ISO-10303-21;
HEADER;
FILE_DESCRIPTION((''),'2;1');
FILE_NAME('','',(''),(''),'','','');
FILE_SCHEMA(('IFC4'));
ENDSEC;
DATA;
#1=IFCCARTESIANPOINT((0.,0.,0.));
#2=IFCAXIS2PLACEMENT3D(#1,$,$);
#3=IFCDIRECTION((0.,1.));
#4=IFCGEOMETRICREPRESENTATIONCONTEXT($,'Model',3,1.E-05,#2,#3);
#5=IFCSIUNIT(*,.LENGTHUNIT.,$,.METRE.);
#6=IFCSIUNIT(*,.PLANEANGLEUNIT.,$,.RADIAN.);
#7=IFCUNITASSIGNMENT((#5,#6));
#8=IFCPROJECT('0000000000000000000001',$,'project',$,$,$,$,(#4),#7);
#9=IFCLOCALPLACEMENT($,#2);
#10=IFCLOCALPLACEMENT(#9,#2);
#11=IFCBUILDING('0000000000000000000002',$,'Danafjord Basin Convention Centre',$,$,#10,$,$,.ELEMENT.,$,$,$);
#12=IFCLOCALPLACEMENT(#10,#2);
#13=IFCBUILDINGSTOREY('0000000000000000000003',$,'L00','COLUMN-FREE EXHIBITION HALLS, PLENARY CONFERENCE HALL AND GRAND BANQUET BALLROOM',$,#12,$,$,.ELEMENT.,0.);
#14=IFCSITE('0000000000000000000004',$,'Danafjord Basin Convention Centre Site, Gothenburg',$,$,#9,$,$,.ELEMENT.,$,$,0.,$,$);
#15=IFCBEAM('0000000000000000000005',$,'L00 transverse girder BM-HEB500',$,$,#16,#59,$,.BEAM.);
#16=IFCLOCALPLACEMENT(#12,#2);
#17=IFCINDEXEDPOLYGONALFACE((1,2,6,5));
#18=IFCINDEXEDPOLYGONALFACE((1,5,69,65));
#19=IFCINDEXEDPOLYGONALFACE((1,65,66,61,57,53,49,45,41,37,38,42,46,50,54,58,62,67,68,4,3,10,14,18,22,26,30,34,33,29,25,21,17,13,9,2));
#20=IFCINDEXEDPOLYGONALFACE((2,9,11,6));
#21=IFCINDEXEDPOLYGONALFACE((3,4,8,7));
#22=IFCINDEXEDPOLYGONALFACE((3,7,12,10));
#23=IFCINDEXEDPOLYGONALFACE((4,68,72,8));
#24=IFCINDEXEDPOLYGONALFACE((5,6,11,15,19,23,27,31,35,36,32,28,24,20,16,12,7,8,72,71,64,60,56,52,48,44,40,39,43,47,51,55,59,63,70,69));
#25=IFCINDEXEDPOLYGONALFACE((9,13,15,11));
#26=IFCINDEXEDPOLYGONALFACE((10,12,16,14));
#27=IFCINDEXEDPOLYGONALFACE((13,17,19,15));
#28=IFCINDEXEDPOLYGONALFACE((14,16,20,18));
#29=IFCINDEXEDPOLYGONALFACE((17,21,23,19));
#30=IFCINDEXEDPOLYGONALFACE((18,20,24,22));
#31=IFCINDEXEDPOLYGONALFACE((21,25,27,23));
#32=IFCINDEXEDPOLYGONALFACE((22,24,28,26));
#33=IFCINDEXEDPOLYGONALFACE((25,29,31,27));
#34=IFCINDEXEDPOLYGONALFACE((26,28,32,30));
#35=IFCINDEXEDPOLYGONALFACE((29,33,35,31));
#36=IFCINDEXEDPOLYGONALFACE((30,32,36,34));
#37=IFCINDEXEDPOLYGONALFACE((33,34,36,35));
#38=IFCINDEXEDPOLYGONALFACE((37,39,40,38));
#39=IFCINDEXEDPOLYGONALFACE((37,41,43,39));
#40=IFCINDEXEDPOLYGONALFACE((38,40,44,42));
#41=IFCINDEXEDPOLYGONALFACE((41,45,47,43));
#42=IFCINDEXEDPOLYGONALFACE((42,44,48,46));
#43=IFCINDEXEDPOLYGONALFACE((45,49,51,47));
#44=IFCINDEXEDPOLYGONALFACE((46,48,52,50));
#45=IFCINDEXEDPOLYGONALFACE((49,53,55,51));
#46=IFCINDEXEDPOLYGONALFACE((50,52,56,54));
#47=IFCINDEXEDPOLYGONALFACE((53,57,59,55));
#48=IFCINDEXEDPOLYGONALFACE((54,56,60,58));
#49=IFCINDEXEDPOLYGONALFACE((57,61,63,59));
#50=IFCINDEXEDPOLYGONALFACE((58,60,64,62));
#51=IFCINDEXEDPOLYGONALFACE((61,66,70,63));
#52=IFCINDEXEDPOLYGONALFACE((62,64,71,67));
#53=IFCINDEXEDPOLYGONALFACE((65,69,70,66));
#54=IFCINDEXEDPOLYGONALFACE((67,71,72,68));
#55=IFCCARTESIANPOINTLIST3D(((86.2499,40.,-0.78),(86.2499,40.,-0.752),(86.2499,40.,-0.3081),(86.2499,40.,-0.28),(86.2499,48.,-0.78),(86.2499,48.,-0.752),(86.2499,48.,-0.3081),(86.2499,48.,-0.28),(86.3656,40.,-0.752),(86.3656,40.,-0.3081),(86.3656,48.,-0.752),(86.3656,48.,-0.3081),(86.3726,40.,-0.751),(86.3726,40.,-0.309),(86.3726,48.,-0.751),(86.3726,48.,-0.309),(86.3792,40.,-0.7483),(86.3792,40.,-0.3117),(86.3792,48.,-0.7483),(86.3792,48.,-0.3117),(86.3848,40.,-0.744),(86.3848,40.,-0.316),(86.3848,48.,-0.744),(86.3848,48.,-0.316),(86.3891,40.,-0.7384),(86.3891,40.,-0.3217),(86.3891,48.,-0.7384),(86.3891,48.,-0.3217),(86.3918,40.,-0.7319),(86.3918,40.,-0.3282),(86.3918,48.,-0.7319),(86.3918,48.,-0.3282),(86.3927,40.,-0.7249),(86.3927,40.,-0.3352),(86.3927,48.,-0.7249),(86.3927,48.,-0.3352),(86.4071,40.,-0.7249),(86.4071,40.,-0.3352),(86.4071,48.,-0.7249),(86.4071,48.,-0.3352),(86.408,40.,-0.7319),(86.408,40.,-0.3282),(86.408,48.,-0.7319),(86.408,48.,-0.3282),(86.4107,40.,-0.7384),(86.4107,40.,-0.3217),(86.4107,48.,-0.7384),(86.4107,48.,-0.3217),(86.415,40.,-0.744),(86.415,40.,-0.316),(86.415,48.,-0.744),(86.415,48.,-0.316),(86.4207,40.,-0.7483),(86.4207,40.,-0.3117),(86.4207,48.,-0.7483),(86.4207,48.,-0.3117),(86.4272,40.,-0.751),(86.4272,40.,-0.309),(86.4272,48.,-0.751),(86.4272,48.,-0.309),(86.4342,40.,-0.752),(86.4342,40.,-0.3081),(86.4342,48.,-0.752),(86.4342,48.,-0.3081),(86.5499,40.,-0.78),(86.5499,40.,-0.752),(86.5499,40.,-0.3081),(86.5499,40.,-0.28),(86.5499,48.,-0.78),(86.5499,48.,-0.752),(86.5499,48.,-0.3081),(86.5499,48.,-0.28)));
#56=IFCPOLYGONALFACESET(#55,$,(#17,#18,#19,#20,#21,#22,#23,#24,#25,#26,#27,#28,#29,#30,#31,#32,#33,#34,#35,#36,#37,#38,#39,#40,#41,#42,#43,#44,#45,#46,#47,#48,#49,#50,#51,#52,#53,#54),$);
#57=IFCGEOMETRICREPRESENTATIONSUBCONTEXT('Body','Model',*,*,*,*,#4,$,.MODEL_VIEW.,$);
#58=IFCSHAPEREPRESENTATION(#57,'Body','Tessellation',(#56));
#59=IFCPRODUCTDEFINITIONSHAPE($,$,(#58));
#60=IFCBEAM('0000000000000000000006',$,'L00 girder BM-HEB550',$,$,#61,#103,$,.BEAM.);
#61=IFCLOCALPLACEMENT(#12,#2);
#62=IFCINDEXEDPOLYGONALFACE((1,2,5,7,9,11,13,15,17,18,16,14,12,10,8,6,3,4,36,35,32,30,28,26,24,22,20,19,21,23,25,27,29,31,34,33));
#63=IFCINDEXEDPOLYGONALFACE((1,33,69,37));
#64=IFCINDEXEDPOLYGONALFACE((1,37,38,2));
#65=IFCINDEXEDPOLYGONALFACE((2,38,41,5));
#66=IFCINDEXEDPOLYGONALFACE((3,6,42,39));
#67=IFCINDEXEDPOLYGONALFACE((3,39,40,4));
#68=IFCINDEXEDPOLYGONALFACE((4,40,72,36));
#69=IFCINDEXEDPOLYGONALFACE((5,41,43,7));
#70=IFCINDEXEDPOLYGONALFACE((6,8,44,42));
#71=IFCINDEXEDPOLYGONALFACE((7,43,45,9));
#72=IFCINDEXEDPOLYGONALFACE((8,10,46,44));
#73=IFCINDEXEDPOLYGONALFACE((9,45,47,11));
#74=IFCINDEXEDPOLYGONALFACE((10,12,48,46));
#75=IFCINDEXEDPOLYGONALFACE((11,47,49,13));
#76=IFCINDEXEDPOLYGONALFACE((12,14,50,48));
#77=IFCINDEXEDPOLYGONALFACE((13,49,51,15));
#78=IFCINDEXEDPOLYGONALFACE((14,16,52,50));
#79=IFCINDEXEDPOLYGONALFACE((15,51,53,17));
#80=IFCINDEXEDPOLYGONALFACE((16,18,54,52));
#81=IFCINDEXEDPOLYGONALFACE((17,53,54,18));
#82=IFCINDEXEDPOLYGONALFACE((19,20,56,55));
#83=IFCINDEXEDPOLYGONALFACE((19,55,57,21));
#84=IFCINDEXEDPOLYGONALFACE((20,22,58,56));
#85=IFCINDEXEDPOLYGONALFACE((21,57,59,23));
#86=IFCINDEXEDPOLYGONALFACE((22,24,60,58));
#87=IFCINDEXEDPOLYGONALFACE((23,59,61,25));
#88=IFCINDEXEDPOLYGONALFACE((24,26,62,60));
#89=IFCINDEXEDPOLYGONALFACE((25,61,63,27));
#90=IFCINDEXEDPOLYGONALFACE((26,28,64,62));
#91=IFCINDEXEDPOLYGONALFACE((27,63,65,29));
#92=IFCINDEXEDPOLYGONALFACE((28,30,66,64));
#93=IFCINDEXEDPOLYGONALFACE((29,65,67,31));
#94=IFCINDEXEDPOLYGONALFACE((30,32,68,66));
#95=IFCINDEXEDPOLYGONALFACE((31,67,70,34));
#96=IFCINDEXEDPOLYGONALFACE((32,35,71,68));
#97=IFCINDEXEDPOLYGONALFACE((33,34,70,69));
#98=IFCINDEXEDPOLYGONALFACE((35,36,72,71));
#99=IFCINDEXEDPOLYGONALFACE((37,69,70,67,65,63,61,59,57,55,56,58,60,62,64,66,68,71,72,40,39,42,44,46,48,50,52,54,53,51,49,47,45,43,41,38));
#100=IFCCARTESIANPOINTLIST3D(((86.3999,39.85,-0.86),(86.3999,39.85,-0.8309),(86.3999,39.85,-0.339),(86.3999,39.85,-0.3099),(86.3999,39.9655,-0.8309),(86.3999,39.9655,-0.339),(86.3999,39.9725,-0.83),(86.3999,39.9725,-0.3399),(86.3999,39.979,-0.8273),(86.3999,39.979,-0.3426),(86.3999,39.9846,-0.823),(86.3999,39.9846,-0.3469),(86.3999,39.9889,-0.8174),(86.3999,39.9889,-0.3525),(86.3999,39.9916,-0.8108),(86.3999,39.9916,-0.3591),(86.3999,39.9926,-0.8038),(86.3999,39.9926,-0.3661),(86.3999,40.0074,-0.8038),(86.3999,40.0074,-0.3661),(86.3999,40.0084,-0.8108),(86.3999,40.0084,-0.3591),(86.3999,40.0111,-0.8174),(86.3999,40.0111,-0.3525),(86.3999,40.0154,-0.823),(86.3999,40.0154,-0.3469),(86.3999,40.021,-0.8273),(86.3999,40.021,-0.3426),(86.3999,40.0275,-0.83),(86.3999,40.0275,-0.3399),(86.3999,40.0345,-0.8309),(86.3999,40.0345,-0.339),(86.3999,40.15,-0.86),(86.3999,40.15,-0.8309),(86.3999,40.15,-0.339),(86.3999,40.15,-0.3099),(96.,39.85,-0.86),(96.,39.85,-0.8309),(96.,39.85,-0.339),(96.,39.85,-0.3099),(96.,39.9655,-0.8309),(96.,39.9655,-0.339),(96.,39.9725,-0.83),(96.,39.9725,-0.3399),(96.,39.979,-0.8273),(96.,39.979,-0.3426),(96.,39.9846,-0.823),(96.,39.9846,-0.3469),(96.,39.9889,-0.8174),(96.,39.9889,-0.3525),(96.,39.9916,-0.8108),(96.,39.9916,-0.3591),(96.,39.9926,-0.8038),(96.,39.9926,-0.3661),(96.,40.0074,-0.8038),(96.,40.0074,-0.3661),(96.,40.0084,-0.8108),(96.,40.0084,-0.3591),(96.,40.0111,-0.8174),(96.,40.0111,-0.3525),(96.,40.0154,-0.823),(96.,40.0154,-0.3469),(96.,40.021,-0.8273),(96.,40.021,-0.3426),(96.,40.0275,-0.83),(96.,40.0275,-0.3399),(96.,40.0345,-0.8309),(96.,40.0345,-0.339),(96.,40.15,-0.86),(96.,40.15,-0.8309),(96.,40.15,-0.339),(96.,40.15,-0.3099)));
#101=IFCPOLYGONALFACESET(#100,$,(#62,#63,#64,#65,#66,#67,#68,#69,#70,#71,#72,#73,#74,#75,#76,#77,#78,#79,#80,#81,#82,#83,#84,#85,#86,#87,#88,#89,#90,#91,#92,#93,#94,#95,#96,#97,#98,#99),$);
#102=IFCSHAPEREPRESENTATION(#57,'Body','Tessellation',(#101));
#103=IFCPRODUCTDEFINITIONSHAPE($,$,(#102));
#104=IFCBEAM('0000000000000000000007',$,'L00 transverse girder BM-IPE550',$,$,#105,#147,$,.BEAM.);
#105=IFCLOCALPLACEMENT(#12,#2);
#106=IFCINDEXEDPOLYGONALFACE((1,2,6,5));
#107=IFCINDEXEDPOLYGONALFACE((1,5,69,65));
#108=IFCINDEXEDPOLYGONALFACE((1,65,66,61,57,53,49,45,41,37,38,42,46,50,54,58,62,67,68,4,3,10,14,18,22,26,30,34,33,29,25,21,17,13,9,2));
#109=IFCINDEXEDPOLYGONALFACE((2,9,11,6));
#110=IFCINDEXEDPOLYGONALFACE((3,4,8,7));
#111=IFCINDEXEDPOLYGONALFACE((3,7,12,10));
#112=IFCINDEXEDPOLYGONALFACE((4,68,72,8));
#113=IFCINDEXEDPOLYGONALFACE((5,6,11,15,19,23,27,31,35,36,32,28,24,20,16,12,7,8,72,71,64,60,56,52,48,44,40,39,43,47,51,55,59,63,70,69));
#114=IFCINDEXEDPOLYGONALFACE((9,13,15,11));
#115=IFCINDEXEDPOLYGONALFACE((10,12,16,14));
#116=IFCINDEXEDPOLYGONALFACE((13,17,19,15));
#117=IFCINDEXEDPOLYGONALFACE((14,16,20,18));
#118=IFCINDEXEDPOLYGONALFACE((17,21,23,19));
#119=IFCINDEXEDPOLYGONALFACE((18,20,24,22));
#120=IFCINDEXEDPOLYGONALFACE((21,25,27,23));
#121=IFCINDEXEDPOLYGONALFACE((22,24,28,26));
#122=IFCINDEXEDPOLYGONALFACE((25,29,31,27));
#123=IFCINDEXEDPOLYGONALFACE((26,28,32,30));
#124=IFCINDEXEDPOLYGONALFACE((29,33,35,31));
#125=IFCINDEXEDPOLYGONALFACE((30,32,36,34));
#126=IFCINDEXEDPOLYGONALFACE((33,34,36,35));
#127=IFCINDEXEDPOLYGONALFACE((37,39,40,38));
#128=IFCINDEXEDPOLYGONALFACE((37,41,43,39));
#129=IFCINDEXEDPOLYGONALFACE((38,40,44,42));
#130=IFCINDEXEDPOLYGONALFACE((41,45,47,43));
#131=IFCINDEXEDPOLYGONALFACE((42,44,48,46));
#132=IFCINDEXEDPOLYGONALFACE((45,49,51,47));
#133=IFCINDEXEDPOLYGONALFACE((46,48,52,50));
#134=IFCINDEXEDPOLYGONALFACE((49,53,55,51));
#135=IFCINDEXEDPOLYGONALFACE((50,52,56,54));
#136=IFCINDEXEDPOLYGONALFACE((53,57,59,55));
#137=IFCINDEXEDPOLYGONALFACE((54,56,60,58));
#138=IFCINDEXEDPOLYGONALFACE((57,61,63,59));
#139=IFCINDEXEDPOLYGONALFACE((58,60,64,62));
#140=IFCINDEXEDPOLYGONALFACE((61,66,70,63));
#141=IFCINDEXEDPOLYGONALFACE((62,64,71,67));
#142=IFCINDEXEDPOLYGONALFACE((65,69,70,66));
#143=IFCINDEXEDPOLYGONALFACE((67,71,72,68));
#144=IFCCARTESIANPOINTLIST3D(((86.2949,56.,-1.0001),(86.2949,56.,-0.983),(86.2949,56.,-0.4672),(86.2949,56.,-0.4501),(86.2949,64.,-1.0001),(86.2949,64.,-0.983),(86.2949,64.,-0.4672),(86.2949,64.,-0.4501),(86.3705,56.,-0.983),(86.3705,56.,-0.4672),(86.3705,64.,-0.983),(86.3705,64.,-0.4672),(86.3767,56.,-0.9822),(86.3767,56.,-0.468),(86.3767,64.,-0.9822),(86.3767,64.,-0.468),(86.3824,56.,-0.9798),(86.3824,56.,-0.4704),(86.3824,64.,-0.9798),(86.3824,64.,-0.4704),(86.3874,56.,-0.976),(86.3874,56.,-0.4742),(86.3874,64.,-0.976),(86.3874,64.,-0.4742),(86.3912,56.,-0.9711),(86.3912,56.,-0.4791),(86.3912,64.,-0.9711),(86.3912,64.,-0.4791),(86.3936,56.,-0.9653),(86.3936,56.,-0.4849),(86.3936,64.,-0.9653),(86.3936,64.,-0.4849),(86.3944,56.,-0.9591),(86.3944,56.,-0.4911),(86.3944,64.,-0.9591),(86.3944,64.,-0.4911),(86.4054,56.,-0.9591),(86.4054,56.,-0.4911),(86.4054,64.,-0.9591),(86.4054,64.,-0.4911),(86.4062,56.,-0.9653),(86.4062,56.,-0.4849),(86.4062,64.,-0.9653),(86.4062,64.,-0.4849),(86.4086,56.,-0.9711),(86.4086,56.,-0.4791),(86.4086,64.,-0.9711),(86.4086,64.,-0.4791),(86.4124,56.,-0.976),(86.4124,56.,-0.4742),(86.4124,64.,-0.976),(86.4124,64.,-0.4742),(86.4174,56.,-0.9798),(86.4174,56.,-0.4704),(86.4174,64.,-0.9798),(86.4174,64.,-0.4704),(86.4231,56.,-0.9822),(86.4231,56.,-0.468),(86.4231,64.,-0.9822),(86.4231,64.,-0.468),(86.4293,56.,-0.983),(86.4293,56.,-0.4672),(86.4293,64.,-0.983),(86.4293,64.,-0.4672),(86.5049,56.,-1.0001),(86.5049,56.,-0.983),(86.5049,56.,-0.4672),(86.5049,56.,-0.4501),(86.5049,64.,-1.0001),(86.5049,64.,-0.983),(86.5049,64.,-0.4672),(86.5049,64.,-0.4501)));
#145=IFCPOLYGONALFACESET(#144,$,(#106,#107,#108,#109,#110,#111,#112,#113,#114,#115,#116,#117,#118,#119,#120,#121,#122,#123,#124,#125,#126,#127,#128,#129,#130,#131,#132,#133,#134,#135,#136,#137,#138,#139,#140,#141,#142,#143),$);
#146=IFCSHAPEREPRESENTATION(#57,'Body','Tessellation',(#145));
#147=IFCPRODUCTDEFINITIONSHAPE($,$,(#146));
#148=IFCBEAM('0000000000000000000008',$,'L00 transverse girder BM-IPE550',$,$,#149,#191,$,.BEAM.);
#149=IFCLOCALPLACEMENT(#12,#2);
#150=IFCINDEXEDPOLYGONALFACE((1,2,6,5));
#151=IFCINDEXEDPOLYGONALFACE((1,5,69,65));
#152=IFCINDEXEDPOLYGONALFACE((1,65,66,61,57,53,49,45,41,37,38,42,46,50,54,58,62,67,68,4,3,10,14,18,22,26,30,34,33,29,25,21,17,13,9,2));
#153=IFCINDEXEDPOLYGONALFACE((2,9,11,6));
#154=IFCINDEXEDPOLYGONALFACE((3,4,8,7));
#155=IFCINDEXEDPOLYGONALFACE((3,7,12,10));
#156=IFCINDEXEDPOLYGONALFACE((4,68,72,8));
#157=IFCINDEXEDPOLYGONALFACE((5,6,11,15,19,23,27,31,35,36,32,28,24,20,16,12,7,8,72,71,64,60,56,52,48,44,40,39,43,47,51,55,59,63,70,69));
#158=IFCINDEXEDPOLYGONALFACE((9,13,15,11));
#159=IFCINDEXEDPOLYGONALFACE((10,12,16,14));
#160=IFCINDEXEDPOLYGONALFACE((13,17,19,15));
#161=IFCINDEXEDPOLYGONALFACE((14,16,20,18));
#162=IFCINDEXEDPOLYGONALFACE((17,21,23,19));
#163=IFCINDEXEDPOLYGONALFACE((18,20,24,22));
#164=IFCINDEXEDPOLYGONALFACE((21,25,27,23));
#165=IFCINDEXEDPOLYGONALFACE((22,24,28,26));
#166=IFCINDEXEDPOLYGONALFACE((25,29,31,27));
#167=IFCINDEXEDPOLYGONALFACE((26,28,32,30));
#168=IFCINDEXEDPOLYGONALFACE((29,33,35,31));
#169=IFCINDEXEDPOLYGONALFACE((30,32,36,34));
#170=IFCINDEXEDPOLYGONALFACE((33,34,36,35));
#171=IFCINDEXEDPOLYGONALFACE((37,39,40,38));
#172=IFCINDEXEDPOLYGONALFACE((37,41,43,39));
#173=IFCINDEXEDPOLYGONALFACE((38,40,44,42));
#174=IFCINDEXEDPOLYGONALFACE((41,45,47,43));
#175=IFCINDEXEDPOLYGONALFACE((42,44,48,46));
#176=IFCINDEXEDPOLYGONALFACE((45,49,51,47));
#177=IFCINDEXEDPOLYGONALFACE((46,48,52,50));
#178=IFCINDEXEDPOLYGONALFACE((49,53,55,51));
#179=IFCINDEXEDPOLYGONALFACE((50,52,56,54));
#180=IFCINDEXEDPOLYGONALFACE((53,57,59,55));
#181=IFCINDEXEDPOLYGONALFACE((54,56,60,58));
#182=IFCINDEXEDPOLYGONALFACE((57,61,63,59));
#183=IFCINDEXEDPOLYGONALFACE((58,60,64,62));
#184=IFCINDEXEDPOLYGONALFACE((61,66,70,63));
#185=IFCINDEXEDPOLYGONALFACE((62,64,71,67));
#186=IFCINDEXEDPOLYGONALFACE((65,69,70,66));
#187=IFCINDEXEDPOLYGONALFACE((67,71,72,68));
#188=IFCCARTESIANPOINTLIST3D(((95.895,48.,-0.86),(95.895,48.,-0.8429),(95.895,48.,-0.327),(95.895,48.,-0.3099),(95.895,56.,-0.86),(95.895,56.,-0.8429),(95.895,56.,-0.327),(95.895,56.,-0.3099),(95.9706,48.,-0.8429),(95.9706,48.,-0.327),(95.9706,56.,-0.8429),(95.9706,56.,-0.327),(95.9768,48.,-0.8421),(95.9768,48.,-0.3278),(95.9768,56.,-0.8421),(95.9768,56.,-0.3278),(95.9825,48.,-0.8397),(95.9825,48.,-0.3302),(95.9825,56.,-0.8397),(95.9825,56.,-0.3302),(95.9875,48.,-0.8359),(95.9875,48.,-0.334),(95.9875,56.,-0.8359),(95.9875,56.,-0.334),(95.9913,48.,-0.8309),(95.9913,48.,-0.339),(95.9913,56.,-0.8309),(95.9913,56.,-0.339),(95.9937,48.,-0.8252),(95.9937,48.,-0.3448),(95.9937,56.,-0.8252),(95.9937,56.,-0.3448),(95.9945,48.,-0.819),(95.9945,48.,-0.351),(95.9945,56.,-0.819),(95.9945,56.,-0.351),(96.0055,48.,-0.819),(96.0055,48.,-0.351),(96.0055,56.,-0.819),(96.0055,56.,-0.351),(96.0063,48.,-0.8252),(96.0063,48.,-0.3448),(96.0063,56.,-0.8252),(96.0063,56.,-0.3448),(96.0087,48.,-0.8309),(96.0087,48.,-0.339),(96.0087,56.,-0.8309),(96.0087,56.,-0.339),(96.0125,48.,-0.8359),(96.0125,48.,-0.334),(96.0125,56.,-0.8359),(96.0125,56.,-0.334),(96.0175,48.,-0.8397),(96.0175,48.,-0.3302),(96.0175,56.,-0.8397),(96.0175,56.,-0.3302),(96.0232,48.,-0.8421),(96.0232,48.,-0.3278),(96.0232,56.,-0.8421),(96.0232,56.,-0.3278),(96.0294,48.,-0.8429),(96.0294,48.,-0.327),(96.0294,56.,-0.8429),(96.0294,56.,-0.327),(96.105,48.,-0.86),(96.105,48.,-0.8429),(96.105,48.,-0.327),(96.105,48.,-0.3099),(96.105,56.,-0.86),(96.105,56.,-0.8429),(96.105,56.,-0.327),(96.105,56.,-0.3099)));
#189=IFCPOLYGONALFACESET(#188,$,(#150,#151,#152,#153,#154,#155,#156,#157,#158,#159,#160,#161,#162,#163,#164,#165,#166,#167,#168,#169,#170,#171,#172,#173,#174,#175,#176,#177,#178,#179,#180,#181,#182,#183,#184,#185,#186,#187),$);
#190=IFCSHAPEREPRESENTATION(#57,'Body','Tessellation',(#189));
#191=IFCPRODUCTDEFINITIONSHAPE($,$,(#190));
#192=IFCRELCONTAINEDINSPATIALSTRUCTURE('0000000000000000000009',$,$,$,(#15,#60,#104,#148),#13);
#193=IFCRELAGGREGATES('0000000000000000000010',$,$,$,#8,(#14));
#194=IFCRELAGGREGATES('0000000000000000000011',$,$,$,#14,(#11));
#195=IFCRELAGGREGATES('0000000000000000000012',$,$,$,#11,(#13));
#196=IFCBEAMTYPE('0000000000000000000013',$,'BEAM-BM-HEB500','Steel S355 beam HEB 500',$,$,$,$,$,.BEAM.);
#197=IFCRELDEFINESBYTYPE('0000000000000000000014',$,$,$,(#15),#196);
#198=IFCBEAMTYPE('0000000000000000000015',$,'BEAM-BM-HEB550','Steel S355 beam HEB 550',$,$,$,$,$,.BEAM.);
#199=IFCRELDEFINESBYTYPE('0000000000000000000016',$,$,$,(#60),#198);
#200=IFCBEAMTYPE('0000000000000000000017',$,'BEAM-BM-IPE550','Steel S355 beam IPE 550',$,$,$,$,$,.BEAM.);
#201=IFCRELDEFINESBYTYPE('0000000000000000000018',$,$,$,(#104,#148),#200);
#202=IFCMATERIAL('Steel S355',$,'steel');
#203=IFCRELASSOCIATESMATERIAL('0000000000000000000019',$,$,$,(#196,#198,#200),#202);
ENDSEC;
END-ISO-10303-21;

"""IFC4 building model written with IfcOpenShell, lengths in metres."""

from ifc_helpers import new_model, si_unit, direction, frame, origin, origin_2d, place, context, subcontext, project, spatial, i_section, extrude, material, material_profile, profile_set, type_object, element, save


model = new_model("IFC4")

# Units and contexts
model_context = context("Model", 3, precision=1e-05, world=origin(), true_north=direction((0.0, 1.0)))
body_context = subcontext(model_context, "Body", "Model", "MODEL_VIEW")
ifc_project = project(units=[si_unit("LENGTHUNIT", "METRE"), si_unit("PLANEANGLEUNIT", "RADIAN")], contexts=[model_context])

# Site, building, storey
site_placement = place(None, origin())
site = spatial("IfcSite", under=ifc_project, at=site_placement, Name="Danafjord Basin Convention Centre Site, Gothenburg", CompositionType="ELEMENT", RefElevation=0.0)
building_placement = place(site_placement, origin())
building = spatial("IfcBuilding", under=site, at=building_placement, Name="Danafjord Basin Convention Centre", CompositionType="ELEMENT")
storey_placement = place(building_placement, origin())
storey = spatial("IfcBuildingStorey", under=building, at=storey_placement, Name="L00", Description="COLUMN-FREE EXHIBITION HALLS, PLENARY CONFERENCE HALL AND GRAND BANQUET BALLROOM", CompositionType="ELEMENT", Elevation=0.0)

# Shared definitions
ifc_material_1 = material(Name="Steel S355", Category="steel")

# Beams
ifc_material_profile_1 = material_profile(ifc_material_1, i_section(OverallWidth=0.3, OverallDepth=0.5, WebThickness=0.0144, FlangeThickness=0.0281, FilletRadius=0.0271, at=origin_2d()), Name="HEB 500")
ifc_profile_set_1 = profile_set([ifc_material_profile_1], Name="Steel S355")
beam_type_1 = type_object("IfcBeamType", Name="BEAM-BM-HEB500", Description="Steel S355 beam HEB 500", PredefinedType="BEAM", material=ifc_profile_set_1)
beam_1_placement = place(storey_placement, frame((86.3999, 40.0, -0.53), z_axis=(0.0, 1.0, 0.0), x_axis=(-1.0, 0.0, 0.0)))
element("IfcBeam", 1, at=beam_1_placement, inside=storey, type_object=beam_type_1, Name="L00 transverse girder BM-HEB500", PredefinedType="BEAM", context=body_context, shape_type="SweptSolid", body=[
    extrude(i_section(OverallWidth=0.3, OverallDepth=0.5, WebThickness=0.0144, FlangeThickness=0.0281, FilletRadius=0.0271, at=origin_2d()), origin(), (0.0, 0.0, 1.0), 8.0),
])
ifc_material_profile_2 = material_profile(ifc_material_1, i_section(OverallWidth=0.3, OverallDepth=0.55, WebThickness=0.0149, FlangeThickness=0.0291, FilletRadius=0.0271, at=origin_2d()), Name="HEB 550")
ifc_profile_set_2 = profile_set([ifc_material_profile_2], Name="Steel S355")
beam_type_2 = type_object("IfcBeamType", Name="BEAM-BM-HEB550", Description="Steel S355 beam HEB 550", PredefinedType="BEAM", material=ifc_profile_set_2)
beam_2_placement = place(storey_placement, frame((86.3999, 40.0, -0.585), z_axis=(1.0, 0.0, 0.0), x_axis=(0.0, 1.0, 0.0)))
element("IfcBeam", 2, at=beam_2_placement, inside=storey, type_object=beam_type_2, Name="L00 girder BM-HEB550", PredefinedType="BEAM", context=body_context, shape_type="SweptSolid", body=[
    extrude(i_section(OverallWidth=0.3, OverallDepth=0.55, WebThickness=0.0149, FlangeThickness=0.0291, FilletRadius=0.0271, at=origin_2d()), origin(), (0.0, 0.0, 1.0), 9.6001),
])
ifc_material_profile_3 = material_profile(ifc_material_1, i_section(OverallWidth=0.21, OverallDepth=0.55, WebThickness=0.011, FlangeThickness=0.0171, FilletRadius=0.0239, at=origin_2d()), Name="IPE 550")
ifc_profile_set_3 = profile_set([ifc_material_profile_3], Name="Steel S355")
beam_type_3 = type_object("IfcBeamType", Name="BEAM-BM-IPE550", Description="Steel S355 beam IPE 550", PredefinedType="BEAM", material=ifc_profile_set_3)
for number, where, z_axis, x_axis, name in (
    (3, (86.3999, 56.0, -0.7251), (0.0, 1.0, 0.0), (-1.0, 0.0, 0.0), "L00 transverse girder BM-IPE550"),
    (4, (96.0, 48.0, -0.585), (0.0, 1.0, 0.0), (-1.0, 0.0, 0.0), "L00 transverse girder BM-IPE550"),
):
    element("IfcBeam", number, at=place(storey_placement, frame(where, z_axis=z_axis, x_axis=x_axis)), inside=storey, type_object=beam_type_3, Name=name, PredefinedType="BEAM", context=body_context, shape_type="SweptSolid", body=[
        extrude(i_section(OverallWidth=0.21, OverallDepth=0.55, WebThickness=0.011, FlangeThickness=0.0171, FilletRadius=0.0239, at=origin_2d()), origin(), (0.0, 0.0, 1.0), 8.0),
    ])

save(model, "model.ifc")
